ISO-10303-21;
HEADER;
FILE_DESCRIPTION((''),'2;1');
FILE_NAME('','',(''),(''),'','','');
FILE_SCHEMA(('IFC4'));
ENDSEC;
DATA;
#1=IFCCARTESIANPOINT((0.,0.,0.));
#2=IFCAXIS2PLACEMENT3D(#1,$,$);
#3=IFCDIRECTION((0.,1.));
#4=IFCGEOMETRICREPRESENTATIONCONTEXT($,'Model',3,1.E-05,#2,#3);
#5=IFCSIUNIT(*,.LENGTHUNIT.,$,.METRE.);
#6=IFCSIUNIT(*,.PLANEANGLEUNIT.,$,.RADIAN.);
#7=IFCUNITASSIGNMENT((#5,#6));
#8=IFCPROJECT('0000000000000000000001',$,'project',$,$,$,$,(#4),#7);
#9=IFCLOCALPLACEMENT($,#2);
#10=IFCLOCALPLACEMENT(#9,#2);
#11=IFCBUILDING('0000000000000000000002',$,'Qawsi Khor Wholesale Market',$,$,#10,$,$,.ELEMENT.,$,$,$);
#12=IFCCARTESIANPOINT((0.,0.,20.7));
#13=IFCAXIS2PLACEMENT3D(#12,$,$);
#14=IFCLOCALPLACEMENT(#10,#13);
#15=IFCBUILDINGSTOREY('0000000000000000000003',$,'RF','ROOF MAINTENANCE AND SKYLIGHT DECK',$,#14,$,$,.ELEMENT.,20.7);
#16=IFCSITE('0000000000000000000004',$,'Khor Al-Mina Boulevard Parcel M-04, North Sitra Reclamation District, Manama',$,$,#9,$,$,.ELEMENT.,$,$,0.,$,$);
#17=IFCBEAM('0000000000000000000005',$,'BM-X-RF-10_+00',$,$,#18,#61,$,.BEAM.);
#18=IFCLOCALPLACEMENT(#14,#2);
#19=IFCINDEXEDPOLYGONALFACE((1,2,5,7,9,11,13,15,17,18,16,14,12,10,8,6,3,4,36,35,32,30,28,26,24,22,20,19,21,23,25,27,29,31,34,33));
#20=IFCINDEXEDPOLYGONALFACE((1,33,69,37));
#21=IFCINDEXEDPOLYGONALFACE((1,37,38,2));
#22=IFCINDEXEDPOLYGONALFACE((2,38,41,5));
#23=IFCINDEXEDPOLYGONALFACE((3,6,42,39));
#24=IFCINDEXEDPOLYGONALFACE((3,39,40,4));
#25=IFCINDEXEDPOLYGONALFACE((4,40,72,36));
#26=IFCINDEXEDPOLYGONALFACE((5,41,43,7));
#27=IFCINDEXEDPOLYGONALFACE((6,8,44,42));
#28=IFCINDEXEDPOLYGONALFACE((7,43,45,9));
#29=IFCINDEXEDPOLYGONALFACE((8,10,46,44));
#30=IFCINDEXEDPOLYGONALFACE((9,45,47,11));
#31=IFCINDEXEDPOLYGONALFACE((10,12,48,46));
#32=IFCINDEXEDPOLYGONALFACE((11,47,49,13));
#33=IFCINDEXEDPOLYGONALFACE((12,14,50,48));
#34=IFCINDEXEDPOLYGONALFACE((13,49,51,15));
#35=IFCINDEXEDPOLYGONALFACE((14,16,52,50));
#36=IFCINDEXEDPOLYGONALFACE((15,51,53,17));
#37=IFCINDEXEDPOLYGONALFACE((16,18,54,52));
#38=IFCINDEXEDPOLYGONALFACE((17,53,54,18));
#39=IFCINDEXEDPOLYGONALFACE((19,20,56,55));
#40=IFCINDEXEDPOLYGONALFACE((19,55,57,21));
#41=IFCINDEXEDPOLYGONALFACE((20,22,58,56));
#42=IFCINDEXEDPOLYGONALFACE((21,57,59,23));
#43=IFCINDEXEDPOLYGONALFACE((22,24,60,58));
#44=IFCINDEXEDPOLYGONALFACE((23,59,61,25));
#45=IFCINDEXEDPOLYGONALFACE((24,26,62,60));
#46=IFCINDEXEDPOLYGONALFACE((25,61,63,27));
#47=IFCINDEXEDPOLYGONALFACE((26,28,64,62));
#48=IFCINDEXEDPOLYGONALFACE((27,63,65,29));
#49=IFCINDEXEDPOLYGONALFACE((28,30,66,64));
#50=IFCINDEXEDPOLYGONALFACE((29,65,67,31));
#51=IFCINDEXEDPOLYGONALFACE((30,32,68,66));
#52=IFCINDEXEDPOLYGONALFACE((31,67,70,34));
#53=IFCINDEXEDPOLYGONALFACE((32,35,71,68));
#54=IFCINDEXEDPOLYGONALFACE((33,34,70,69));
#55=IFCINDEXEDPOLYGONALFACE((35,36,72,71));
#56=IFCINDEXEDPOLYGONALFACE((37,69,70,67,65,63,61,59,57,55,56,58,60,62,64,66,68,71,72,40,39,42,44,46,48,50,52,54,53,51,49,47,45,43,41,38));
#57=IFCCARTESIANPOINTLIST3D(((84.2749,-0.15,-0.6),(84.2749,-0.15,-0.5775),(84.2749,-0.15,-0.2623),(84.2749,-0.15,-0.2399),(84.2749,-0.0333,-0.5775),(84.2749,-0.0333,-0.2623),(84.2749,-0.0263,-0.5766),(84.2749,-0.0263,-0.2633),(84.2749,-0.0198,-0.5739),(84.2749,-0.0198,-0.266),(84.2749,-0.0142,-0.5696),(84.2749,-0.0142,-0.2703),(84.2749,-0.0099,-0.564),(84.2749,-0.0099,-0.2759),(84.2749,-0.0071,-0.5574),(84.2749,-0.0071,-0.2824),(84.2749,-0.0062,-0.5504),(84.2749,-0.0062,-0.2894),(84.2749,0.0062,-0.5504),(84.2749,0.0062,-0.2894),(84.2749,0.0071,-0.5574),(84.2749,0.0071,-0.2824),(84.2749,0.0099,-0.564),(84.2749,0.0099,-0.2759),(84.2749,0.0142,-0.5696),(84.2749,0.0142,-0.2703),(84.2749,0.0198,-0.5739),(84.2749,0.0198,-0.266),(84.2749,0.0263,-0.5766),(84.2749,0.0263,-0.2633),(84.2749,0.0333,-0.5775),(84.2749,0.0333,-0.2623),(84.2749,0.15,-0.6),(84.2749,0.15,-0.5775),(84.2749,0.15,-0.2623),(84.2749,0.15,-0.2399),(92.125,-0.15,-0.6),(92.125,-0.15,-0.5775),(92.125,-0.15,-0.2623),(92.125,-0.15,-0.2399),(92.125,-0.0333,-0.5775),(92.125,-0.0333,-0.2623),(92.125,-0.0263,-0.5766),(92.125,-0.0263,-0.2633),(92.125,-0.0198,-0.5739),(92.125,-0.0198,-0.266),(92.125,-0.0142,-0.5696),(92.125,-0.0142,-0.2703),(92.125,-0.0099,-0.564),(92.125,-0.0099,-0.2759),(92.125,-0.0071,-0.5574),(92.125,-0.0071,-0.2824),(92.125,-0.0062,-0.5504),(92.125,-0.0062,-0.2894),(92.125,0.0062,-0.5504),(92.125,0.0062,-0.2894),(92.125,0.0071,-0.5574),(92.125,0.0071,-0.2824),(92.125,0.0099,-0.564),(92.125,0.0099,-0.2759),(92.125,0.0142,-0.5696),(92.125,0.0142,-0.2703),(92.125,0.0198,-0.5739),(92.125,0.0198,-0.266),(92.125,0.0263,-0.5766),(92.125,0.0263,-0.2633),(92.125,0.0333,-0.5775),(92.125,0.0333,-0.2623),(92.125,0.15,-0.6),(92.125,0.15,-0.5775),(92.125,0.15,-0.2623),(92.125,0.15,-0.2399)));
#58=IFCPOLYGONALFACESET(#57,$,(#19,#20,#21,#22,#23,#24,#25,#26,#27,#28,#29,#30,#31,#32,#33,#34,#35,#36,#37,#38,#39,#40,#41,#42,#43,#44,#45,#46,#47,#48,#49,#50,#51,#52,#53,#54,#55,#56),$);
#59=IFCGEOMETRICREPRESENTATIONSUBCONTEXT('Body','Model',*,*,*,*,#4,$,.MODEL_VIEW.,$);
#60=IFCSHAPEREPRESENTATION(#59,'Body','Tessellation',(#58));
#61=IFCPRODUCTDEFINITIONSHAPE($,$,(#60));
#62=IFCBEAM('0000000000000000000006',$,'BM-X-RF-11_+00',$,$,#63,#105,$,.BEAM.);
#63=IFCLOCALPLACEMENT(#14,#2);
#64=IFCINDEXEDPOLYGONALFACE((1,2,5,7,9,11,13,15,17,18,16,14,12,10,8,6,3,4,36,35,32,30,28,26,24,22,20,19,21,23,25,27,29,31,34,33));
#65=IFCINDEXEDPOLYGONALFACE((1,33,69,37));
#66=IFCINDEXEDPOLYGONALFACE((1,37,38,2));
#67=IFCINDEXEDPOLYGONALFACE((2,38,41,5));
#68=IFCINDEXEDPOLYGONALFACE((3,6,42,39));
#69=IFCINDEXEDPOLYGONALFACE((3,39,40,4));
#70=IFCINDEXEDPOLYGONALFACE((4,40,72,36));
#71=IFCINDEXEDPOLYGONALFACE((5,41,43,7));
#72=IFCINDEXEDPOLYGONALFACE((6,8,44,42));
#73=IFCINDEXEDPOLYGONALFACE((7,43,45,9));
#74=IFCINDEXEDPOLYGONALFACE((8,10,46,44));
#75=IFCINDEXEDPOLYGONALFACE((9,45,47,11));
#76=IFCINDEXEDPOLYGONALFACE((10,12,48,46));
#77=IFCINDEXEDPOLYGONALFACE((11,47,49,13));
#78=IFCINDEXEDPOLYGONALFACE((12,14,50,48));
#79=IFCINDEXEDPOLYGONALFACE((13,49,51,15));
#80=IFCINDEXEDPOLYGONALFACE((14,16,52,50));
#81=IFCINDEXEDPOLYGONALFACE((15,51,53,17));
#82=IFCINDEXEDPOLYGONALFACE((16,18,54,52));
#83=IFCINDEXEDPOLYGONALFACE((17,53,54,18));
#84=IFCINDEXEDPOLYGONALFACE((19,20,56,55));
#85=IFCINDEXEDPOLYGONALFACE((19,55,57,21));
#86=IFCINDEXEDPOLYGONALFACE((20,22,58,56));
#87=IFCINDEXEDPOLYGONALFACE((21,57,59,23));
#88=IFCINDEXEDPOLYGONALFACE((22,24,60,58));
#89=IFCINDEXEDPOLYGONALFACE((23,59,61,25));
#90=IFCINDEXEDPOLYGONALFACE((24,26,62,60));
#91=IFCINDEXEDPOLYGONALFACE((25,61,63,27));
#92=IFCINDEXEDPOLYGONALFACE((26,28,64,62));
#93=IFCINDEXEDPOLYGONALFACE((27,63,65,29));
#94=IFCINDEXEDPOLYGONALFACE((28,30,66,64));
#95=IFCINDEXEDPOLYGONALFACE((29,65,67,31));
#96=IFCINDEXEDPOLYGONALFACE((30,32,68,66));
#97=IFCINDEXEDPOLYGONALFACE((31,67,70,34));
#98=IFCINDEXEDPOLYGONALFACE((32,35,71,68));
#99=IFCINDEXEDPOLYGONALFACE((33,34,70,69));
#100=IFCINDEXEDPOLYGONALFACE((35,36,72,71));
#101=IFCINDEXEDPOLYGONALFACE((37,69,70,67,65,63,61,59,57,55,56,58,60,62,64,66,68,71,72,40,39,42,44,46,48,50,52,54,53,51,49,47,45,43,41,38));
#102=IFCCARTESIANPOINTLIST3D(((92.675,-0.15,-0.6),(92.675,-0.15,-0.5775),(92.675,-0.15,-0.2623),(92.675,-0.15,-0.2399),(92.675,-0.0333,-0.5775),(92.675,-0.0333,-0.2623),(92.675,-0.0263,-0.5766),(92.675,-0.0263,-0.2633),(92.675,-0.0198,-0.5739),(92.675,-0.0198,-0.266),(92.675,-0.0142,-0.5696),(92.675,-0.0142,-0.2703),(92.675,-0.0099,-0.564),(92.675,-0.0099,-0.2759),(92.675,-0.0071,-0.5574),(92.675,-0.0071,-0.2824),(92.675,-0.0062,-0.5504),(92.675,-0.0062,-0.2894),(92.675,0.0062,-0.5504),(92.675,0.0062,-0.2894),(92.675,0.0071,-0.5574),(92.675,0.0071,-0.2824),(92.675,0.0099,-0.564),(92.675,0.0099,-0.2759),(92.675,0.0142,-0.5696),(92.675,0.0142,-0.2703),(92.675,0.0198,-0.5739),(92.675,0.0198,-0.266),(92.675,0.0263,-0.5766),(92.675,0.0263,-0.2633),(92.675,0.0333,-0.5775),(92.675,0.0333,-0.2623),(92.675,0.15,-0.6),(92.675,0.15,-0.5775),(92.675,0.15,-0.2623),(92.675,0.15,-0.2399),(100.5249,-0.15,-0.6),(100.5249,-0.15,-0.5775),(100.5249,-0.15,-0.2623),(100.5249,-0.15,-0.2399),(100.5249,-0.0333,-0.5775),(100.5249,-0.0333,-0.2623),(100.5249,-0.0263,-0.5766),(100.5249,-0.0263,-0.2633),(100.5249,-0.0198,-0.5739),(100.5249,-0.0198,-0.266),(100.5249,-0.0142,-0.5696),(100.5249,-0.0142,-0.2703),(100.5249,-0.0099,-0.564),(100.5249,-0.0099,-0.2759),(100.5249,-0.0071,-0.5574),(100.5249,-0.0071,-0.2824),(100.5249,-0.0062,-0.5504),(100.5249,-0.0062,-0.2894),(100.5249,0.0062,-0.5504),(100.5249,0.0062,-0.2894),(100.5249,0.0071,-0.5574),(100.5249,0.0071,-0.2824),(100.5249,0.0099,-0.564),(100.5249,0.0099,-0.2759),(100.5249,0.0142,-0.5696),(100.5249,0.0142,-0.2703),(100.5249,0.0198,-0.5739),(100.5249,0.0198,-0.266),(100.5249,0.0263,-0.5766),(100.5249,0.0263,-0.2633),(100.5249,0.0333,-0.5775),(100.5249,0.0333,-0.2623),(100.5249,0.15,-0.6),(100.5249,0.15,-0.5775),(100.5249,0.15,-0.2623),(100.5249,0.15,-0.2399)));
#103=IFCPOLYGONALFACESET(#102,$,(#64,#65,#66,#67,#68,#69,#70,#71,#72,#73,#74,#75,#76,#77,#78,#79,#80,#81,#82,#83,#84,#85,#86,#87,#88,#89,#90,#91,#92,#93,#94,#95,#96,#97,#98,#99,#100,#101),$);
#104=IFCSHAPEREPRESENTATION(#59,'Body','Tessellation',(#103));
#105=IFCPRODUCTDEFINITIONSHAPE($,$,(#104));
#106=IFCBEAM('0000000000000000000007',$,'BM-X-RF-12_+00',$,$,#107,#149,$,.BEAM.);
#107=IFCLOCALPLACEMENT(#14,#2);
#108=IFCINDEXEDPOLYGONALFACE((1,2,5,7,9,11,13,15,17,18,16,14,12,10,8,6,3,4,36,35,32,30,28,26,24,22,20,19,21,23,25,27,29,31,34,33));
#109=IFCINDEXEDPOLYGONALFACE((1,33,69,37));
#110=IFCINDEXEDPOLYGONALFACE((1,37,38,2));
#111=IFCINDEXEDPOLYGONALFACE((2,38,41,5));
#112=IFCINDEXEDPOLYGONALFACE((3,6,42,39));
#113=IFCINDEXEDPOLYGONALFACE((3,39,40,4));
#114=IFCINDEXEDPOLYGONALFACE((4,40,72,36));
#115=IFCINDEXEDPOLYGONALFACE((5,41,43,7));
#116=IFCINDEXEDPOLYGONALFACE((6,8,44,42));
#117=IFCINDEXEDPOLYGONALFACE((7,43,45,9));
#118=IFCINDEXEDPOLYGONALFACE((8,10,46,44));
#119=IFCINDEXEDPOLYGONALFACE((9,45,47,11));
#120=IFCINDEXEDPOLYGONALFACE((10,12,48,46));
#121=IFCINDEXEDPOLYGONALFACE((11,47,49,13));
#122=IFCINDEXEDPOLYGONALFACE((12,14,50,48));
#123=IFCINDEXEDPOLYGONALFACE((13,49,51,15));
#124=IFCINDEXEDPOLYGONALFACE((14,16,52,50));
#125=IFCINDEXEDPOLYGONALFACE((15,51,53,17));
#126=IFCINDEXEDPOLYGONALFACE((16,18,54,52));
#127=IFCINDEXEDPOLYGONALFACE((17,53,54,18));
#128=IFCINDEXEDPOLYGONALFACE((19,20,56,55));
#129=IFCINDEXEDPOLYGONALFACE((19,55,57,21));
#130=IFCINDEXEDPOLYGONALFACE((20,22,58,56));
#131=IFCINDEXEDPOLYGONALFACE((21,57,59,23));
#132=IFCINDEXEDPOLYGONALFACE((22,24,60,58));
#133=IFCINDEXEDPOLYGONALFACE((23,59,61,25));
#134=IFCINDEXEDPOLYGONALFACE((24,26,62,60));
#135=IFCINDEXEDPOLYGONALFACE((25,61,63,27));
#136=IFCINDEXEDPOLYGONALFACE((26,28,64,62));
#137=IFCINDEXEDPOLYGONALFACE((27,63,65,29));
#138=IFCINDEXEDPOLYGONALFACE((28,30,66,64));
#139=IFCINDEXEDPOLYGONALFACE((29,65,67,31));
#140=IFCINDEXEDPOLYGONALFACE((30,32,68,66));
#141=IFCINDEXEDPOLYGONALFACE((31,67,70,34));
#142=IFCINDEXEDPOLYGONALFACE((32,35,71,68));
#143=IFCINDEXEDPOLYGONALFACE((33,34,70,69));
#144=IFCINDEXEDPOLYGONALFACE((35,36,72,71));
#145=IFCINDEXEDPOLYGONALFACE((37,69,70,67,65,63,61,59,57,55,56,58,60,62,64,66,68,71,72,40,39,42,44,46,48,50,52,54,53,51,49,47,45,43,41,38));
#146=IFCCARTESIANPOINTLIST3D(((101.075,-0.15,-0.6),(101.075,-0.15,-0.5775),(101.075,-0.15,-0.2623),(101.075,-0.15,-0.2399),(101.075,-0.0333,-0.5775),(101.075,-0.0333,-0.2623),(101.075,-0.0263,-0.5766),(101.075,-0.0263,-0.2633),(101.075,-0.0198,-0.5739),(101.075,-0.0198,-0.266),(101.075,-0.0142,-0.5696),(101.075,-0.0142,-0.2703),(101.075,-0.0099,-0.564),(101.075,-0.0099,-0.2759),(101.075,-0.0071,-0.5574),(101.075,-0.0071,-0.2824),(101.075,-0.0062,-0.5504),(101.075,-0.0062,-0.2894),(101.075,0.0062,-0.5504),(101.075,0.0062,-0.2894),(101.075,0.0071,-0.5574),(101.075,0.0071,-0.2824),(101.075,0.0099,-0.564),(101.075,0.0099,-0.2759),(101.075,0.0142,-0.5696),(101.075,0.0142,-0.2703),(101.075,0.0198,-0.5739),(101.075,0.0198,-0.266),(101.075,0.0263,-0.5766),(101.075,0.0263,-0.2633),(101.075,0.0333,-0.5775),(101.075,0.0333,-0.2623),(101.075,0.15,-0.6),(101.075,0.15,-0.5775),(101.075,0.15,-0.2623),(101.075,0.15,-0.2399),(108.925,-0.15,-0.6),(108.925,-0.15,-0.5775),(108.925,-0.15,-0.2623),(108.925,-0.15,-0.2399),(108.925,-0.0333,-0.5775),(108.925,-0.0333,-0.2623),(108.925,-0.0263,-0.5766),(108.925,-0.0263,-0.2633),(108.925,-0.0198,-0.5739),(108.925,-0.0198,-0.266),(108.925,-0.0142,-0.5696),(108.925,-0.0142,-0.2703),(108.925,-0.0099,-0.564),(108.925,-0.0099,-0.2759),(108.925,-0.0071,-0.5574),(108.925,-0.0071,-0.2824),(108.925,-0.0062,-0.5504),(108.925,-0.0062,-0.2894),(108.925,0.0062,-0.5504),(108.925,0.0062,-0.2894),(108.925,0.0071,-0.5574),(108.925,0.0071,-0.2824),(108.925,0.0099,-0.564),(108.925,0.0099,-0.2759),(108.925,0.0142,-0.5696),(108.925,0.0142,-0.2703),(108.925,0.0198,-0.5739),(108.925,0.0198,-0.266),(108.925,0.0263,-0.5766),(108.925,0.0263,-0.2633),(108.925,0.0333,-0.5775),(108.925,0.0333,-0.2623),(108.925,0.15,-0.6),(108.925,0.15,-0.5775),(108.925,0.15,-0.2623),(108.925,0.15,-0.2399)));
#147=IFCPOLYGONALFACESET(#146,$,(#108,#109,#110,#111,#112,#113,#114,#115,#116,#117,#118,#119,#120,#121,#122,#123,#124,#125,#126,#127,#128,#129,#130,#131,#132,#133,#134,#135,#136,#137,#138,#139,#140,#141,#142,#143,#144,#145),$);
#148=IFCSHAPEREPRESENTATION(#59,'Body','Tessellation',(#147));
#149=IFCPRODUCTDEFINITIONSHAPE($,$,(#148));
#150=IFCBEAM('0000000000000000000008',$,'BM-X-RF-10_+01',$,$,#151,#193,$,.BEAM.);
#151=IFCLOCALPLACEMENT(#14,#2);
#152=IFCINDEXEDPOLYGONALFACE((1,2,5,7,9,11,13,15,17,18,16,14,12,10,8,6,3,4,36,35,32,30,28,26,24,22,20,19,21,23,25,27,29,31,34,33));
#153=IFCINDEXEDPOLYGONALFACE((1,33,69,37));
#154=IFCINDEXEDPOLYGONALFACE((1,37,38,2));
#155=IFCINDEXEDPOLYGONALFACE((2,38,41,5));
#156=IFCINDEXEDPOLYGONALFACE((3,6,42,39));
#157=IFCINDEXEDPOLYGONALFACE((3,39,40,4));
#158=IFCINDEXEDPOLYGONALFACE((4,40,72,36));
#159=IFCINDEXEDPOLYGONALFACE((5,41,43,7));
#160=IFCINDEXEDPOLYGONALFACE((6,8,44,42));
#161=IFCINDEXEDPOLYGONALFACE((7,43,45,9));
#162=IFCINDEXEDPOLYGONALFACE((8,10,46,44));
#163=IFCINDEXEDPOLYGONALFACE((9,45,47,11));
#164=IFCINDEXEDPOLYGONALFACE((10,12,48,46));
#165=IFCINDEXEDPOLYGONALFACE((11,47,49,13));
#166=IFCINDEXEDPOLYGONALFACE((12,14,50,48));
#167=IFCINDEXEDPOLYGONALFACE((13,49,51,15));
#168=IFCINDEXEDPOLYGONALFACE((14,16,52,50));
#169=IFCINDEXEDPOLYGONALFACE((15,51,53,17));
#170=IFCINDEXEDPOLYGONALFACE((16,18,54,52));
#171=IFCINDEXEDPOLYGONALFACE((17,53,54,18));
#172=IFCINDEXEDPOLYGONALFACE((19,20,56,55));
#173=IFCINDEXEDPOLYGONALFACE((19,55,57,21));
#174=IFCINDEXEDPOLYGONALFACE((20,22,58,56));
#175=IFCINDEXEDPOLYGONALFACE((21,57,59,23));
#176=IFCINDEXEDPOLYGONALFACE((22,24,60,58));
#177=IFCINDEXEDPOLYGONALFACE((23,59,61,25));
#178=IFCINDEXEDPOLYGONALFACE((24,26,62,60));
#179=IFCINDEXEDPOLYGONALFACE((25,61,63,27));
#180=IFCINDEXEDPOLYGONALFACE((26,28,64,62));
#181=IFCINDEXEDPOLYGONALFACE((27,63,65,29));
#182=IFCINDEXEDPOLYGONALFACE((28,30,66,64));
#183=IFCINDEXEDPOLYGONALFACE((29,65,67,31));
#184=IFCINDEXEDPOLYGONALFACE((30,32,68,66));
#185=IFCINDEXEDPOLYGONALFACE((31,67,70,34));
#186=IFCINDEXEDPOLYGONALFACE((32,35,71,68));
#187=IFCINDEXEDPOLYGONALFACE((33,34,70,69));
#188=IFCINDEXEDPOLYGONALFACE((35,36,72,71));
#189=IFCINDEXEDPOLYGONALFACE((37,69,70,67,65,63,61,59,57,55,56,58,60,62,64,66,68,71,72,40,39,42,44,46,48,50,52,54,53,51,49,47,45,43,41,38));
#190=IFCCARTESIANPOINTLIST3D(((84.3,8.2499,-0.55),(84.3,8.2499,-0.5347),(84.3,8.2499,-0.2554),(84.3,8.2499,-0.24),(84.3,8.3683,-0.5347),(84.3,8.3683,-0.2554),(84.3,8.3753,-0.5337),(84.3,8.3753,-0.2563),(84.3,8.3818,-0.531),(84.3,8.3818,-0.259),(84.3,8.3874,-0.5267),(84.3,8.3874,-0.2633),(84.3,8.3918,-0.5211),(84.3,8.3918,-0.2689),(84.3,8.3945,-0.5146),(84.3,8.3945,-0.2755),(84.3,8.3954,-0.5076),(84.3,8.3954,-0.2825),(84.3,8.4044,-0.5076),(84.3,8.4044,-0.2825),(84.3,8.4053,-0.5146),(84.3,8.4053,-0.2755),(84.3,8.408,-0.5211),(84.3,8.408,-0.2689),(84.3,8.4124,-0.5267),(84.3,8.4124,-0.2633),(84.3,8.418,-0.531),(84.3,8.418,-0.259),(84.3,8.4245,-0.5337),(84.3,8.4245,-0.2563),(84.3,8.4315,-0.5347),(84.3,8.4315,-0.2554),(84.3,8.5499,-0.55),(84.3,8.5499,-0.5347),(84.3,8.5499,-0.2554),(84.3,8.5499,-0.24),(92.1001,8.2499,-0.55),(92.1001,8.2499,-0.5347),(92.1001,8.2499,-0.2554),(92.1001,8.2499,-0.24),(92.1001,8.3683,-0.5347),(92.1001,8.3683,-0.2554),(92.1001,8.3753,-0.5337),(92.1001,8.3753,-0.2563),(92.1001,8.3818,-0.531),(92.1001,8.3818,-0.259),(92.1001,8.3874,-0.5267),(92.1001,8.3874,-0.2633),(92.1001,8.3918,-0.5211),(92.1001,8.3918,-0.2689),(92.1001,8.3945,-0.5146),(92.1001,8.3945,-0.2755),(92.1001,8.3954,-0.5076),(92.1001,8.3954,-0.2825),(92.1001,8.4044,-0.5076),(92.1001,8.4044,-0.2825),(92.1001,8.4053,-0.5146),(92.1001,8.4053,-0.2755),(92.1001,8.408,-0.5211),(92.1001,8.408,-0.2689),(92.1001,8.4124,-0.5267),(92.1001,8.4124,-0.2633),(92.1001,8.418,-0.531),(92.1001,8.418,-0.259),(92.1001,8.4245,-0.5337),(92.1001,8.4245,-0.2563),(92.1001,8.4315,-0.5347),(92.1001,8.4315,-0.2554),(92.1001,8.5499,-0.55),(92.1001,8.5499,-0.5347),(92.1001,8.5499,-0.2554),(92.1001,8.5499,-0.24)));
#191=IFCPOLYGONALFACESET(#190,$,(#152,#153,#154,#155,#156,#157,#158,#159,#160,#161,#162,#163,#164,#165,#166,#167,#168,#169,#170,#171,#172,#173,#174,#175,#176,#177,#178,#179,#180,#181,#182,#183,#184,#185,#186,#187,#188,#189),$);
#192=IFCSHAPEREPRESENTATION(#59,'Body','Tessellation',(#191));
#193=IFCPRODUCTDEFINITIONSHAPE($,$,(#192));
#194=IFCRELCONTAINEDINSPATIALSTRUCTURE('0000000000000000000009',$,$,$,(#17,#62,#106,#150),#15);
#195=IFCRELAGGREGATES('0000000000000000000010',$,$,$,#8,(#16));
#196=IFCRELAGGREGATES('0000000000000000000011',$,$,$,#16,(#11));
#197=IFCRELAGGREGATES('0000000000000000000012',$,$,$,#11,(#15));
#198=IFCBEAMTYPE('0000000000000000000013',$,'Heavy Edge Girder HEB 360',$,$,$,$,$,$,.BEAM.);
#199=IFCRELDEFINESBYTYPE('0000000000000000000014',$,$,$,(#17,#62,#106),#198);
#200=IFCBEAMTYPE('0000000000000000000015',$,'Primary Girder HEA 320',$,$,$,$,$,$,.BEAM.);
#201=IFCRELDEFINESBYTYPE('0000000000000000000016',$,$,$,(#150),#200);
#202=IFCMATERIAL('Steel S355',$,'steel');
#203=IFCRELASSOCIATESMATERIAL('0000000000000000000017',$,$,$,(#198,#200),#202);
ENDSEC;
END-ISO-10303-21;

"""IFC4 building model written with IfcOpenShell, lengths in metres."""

from ifc_helpers import new_model, si_unit, direction, frame, origin, origin_2d, place, context, subcontext, project, spatial, i_section, extrude, material, material_profile, profile_set, type_object, element, save


model = new_model("IFC4")

# Units and contexts
model_context = context("Model", 3, precision=1e-05, world=origin(), true_north=direction((0.0, 1.0)))
body_context = subcontext(model_context, "Body", "Model", "MODEL_VIEW")
ifc_project = project(units=[si_unit("LENGTHUNIT", "METRE"), si_unit("PLANEANGLEUNIT", "RADIAN")], contexts=[model_context])

# Site, building, storey
site_placement = place(None, origin())
site = spatial("IfcSite", under=ifc_project, at=site_placement, Name="Khor Al-Mina Boulevard Parcel M-04, North Sitra Reclamation District, Manama", CompositionType="ELEMENT", RefElevation=0.0)
building_placement = place(site_placement, origin())
building = spatial("IfcBuilding", under=site, at=building_placement, Name="Qawsi Khor Wholesale Market", CompositionType="ELEMENT")
storey_placement = place(building_placement, frame((0.0, 0.0, 20.7)))
storey = spatial("IfcBuildingStorey", under=building, at=storey_placement, Name="RF", Description="ROOF MAINTENANCE AND SKYLIGHT DECK", CompositionType="ELEMENT", Elevation=20.7)

# Beams
ifc_material_1 = material(Name="Steel S355", Category="steel")
ifc_material_profile_1 = material_profile(ifc_material_1, i_section(OverallWidth=0.3, OverallDepth=0.3601, WebThickness=0.0125, FlangeThickness=0.0225, FilletRadius=0.0271, at=origin_2d()), Name="HEB 360")
ifc_profile_set_1 = profile_set([ifc_material_profile_1], Name="Steel S355")
beam_type_1 = type_object("IfcBeamType", Name="Heavy Edge Girder HEB 360", PredefinedType="BEAM", material=ifc_profile_set_1)
beam_1_placement = place(storey_placement, frame((84.2749, 0.0, -0.4199), z_axis=(1.0, 0.0, 0.0), x_axis=(0.0, 1.0, 0.0)))
element("IfcBeam", 1, at=beam_1_placement, inside=storey, type_object=beam_type_1, Name="BM-X-RF-10_+00", PredefinedType="BEAM", context=body_context, shape_type="SweptSolid", body=[
    extrude(i_section(OverallWidth=0.3, OverallDepth=0.3601, WebThickness=0.0125, FlangeThickness=0.0225, FilletRadius=0.0271, at=origin_2d()), origin(), (0.0, 0.0, 1.0), 7.8501),
])
beam_2_placement = place(storey_placement, frame((92.675, 0.0, -0.4199), z_axis=(1.0, 0.0, 0.0), x_axis=(0.0, 1.0, 0.0)))
element("IfcBeam", 2, at=beam_2_placement, inside=storey, type_object=beam_type_1, Name="BM-X-RF-11_+00", PredefinedType="BEAM", context=body_context, shape_type="SweptSolid", body=[
    extrude(i_section(OverallWidth=0.3, OverallDepth=0.3601, WebThickness=0.0125, FlangeThickness=0.0225, FilletRadius=0.0271, at=origin_2d()), origin(), (0.0, 0.0, 1.0), 7.8499),
])
beam_3_placement = place(storey_placement, frame((101.075, 0.0, -0.4199), z_axis=(1.0, 0.0, 0.0), x_axis=(0.0, 1.0, 0.0)))
element("IfcBeam", 3, at=beam_3_placement, inside=storey, type_object=beam_type_1, Name="BM-X-RF-12_+00", PredefinedType="BEAM", context=body_context, shape_type="SweptSolid", body=[
    extrude(i_section(OverallWidth=0.3, OverallDepth=0.3601, WebThickness=0.0125, FlangeThickness=0.0225, FilletRadius=0.0271, at=origin_2d()), origin(), (0.0, 0.0, 1.0), 7.8501),
])
ifc_material_profile_2 = material_profile(ifc_material_1, i_section(OverallWidth=0.3, OverallDepth=0.3101, WebThickness=0.009, FlangeThickness=0.0154, FilletRadius=0.0271, at=origin_2d()), Name="HEA 320")
ifc_profile_set_2 = profile_set([ifc_material_profile_2], Name="Steel S355")
beam_type_2 = type_object("IfcBeamType", Name="Primary Girder HEA 320", PredefinedType="BEAM", material=ifc_profile_set_2)
for number, where, z_axis, x_axis, name in (
    (4, (84.3, 8.3999, -0.395), (1.0, 0.0, 0.0), (0.0, 1.0, 0.0), "BM-X-RF-10_+01"),
):
    element("IfcBeam", number, at=place(storey_placement, frame(where, z_axis=z_axis, x_axis=x_axis)), inside=storey, type_object=beam_type_2, Name=name, PredefinedType="BEAM", context=body_context, shape_type="SweptSolid", body=[
        extrude(i_section(OverallWidth=0.3, OverallDepth=0.3101, WebThickness=0.009, FlangeThickness=0.0154, FilletRadius=0.0271, at=origin_2d()), origin(), (0.0, 0.0, 1.0), 7.8),
    ])

save(model, "model.ifc")
